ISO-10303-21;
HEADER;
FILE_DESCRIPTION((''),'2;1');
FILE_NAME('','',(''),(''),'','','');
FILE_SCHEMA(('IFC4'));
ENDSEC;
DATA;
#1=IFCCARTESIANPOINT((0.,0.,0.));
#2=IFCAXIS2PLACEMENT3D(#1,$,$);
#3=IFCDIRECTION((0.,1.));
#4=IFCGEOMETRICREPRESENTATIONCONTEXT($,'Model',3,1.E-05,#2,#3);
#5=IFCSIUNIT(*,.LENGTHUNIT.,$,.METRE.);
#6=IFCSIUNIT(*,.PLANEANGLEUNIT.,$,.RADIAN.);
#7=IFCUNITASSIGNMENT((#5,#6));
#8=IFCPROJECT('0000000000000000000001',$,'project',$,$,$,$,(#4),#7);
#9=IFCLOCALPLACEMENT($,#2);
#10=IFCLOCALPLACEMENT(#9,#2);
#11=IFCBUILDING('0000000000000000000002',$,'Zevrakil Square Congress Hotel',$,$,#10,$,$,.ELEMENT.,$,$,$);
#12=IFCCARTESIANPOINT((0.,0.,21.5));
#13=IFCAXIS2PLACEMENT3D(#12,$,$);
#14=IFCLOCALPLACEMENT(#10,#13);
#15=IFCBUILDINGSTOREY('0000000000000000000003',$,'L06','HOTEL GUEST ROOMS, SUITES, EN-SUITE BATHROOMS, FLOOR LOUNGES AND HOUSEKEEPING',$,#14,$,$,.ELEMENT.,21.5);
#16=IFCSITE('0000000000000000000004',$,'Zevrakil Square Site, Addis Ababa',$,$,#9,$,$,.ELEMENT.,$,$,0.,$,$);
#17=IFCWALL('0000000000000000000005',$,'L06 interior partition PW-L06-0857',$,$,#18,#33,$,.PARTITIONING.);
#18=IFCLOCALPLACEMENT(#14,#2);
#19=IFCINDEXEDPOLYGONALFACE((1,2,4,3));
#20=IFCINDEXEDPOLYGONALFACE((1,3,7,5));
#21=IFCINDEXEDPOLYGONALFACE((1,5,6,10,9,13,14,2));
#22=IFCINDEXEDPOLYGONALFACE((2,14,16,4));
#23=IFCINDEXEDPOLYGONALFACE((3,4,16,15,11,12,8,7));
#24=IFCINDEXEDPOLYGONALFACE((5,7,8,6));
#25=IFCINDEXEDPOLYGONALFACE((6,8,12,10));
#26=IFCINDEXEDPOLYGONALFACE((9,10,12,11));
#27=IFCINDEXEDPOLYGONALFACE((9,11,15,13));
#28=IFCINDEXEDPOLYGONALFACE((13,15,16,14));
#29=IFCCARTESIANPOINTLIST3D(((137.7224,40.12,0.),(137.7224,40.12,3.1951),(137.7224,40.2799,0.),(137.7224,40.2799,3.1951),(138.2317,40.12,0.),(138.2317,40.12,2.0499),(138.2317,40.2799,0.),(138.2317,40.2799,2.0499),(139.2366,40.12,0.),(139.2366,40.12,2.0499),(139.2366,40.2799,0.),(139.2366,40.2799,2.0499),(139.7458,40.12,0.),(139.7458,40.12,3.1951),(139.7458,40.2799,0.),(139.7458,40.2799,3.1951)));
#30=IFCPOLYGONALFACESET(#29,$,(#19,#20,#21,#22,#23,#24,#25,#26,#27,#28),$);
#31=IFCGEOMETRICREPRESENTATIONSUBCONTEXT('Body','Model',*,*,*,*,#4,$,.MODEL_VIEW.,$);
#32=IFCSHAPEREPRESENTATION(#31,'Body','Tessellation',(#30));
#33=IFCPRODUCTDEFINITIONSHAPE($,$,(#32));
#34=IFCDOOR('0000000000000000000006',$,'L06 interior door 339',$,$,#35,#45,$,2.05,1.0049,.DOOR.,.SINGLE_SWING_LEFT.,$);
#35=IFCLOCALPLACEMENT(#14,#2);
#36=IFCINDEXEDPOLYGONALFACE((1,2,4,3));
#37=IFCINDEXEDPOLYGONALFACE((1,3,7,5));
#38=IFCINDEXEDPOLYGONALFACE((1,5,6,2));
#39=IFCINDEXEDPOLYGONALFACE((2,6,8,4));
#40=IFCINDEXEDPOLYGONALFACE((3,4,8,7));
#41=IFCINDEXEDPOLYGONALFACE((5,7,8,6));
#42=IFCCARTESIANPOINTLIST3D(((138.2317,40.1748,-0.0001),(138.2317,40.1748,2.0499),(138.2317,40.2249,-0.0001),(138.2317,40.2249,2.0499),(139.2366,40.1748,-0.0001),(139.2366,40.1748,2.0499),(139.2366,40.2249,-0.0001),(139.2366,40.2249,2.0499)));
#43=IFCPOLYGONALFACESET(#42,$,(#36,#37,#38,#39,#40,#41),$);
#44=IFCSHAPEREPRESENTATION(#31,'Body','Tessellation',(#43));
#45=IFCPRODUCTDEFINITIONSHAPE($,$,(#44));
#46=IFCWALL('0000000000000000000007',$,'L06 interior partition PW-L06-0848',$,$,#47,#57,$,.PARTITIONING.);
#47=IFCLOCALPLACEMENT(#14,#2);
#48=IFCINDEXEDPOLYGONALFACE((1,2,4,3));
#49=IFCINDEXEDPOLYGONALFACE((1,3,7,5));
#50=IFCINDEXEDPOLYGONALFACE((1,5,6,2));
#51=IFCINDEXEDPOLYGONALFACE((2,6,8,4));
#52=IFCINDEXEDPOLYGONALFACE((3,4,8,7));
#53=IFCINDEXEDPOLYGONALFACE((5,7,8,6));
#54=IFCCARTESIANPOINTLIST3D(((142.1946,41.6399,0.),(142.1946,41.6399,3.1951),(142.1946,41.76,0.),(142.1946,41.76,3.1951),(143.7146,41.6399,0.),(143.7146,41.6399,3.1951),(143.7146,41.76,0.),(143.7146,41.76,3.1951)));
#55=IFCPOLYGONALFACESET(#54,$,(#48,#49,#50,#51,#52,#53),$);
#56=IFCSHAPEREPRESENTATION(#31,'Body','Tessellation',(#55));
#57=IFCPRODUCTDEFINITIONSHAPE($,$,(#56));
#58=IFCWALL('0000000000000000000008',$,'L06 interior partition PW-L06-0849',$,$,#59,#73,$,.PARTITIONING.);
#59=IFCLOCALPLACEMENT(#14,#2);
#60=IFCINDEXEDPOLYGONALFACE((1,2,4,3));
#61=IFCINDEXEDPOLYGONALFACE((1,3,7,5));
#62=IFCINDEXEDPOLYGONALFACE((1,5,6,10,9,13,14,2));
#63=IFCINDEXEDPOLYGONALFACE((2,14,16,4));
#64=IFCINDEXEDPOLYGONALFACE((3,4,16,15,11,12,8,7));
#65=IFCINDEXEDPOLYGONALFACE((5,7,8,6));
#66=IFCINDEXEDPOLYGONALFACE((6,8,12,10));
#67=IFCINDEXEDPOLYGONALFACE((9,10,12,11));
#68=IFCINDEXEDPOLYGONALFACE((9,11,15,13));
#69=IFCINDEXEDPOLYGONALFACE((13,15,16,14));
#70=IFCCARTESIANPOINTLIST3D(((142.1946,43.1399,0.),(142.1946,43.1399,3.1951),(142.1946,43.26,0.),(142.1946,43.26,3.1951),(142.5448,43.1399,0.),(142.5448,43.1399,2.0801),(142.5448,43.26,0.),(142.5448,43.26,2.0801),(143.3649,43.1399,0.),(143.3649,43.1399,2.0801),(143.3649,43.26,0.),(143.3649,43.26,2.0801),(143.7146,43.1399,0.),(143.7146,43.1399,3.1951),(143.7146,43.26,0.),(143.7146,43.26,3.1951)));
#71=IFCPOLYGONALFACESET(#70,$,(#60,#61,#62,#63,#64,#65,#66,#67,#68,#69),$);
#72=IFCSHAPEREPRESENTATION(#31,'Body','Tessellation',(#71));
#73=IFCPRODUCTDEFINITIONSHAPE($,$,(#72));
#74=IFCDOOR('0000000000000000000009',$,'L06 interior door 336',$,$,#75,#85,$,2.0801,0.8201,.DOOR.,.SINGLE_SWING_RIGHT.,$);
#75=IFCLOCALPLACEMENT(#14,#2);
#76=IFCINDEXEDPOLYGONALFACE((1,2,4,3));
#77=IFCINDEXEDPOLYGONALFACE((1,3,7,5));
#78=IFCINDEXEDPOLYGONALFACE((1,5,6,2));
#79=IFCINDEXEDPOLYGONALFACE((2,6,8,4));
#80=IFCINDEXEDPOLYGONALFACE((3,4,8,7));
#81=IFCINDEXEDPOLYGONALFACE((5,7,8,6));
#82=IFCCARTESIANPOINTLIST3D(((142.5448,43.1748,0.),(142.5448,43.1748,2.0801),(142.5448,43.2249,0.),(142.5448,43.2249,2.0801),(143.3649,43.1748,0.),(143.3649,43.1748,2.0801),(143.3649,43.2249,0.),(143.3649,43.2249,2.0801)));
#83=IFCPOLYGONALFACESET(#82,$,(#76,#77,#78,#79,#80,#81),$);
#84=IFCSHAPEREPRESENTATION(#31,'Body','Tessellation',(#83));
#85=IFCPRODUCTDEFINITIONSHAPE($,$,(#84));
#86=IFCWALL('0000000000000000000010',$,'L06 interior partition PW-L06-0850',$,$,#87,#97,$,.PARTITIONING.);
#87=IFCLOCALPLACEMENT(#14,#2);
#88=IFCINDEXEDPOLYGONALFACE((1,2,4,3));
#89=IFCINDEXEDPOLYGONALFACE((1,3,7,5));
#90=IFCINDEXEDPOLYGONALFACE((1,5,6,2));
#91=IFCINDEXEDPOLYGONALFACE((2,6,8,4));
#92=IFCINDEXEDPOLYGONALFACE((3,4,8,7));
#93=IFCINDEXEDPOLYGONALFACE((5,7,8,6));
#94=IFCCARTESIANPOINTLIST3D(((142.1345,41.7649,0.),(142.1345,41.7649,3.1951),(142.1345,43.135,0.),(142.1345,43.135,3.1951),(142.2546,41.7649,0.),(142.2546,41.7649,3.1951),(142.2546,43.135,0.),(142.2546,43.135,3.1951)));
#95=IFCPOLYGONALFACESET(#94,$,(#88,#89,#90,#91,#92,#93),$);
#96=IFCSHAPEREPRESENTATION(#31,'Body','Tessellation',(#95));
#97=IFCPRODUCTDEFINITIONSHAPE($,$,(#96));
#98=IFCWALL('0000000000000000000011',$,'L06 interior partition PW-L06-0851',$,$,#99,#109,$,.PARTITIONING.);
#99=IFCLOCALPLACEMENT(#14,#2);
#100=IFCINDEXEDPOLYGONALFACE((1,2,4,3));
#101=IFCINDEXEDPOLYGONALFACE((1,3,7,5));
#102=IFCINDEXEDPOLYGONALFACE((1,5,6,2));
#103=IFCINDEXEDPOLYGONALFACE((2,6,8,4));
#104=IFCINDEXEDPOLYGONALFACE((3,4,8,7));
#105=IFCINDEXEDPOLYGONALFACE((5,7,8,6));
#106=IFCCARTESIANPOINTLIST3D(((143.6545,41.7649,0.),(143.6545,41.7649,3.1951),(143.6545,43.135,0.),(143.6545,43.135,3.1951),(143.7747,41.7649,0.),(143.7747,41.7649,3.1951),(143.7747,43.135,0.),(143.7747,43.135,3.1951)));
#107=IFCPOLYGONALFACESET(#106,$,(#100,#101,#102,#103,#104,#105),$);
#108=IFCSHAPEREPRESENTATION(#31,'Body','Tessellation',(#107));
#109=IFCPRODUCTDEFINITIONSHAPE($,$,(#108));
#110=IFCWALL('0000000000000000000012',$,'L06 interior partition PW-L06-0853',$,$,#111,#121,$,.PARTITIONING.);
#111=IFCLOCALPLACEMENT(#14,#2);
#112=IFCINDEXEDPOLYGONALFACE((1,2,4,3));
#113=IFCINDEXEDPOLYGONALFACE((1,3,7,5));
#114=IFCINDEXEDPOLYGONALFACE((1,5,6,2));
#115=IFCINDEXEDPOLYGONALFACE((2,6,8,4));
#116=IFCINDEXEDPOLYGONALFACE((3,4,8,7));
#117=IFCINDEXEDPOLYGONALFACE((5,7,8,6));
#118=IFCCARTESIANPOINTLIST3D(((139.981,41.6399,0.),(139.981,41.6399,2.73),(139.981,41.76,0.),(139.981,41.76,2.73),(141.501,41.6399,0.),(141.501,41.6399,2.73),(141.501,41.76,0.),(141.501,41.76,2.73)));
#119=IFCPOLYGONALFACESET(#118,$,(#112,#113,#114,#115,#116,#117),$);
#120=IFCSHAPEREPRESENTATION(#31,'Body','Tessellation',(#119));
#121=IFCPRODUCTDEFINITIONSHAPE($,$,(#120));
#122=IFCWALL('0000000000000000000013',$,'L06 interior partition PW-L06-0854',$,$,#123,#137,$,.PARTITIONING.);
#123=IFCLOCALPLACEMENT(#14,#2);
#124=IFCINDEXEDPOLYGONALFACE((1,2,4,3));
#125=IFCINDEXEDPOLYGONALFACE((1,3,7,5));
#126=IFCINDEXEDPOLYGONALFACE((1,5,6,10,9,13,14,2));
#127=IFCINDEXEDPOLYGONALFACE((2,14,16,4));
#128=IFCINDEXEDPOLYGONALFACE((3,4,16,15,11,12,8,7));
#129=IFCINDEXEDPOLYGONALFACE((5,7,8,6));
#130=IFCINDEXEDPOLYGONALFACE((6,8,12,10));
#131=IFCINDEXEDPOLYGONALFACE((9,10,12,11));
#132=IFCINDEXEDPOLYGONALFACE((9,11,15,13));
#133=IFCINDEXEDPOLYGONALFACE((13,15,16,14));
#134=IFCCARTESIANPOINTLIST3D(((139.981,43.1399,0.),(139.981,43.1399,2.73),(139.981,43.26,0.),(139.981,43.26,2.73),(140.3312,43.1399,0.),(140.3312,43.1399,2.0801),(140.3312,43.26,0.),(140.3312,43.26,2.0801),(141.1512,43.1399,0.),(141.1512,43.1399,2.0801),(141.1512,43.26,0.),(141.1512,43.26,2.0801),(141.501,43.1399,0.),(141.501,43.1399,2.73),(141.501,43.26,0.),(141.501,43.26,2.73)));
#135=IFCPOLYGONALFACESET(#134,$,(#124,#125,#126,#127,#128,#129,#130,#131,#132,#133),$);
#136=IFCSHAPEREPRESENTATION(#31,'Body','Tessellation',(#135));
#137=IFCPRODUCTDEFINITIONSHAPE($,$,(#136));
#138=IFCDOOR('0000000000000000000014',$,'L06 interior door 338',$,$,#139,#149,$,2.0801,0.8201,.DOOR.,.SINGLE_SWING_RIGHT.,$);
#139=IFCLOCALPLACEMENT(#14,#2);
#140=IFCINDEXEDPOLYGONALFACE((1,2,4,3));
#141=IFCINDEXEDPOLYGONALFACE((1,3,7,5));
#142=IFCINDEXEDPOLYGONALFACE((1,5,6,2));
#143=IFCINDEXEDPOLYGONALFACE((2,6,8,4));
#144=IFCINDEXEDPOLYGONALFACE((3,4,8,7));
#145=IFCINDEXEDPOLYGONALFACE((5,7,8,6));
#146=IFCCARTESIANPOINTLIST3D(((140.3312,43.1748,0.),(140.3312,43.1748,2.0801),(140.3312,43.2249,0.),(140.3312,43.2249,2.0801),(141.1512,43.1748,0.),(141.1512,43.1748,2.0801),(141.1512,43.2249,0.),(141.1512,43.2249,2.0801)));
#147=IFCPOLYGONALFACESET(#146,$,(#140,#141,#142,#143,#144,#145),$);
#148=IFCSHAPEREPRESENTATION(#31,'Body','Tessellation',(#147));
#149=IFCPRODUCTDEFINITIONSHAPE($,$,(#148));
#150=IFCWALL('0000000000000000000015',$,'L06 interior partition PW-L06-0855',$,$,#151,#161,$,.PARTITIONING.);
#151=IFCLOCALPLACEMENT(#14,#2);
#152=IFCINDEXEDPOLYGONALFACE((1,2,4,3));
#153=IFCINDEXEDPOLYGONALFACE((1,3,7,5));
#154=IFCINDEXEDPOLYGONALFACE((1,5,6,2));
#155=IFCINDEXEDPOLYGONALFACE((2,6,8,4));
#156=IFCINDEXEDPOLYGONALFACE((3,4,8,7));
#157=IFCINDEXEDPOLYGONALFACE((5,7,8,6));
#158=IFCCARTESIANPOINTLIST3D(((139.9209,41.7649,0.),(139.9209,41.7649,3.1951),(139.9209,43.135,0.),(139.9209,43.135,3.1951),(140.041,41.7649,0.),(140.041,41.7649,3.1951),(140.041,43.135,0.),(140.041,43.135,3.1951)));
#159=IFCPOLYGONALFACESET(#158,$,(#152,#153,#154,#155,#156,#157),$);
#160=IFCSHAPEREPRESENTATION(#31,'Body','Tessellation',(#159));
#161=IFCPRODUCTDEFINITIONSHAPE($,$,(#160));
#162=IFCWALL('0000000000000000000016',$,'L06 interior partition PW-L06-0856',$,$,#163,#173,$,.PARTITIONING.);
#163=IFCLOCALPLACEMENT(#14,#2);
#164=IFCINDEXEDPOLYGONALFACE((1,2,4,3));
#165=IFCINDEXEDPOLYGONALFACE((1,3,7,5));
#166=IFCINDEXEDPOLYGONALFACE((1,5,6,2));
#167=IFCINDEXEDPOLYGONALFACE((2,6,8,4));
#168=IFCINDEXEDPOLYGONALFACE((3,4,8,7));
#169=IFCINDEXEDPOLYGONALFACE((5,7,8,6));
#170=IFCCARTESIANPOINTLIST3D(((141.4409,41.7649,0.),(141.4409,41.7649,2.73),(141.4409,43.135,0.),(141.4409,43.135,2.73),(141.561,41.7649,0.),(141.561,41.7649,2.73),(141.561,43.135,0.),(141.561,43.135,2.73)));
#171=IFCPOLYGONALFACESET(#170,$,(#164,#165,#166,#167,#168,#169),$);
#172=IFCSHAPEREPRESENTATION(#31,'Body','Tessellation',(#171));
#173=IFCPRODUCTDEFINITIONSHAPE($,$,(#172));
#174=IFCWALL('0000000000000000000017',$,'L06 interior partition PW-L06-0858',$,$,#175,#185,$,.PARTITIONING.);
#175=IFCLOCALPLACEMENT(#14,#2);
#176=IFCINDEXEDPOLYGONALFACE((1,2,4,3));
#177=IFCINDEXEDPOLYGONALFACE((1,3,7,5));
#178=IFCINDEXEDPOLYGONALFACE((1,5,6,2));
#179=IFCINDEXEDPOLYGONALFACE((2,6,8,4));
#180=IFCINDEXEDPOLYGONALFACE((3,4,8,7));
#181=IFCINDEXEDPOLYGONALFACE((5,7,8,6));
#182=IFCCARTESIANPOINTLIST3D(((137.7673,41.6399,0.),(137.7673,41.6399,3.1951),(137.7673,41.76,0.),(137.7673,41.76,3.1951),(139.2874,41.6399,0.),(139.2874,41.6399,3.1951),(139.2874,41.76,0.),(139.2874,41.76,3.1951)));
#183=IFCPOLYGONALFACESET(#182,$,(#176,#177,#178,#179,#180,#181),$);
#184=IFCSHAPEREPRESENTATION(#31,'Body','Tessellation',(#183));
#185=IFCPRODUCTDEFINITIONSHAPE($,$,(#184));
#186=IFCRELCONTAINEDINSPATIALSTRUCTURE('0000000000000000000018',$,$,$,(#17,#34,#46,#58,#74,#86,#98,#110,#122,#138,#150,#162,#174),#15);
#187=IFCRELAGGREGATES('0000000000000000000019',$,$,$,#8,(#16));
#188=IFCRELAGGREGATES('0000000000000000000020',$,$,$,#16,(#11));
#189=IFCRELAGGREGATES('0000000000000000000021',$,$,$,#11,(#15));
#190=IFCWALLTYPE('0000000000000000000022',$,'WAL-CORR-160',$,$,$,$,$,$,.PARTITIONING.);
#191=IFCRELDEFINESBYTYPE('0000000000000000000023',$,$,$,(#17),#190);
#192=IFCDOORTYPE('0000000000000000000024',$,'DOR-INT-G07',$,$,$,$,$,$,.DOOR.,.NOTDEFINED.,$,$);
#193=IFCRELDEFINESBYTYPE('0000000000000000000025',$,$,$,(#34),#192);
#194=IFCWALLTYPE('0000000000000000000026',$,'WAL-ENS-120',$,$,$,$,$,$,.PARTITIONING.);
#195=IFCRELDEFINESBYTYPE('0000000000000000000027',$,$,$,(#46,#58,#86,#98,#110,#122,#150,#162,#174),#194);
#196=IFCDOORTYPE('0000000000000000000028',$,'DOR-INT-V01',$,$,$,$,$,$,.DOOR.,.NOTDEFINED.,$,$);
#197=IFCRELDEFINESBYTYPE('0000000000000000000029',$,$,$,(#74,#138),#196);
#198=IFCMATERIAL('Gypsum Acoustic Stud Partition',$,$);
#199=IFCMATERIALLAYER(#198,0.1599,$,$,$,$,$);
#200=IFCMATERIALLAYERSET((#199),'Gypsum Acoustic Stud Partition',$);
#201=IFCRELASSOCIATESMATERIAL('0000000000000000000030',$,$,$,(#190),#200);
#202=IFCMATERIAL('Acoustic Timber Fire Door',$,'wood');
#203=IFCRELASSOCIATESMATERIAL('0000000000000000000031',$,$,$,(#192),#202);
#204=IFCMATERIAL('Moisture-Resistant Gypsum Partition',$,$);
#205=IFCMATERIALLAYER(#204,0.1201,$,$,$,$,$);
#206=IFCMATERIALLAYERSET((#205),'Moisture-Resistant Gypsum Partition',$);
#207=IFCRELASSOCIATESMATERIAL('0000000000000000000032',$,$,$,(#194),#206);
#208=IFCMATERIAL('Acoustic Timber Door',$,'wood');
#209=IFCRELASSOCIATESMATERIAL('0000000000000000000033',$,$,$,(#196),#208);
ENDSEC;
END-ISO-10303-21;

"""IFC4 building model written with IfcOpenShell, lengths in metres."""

from ifc_helpers import new_model, si_unit, direction, frame, frame_2d, origin, place, context, subcontext, project, spatial, rectangle, extrude, material, layer, layer_set, type_object, element, fill, save


model = new_model("IFC4")

# Units and contexts
model_context = context("Model", 3, precision=1e-05, world=origin(), true_north=direction((0.0, 1.0)))
body_context = subcontext(model_context, "Body", "Model", "MODEL_VIEW")
ifc_project = project(units=[si_unit("LENGTHUNIT", "METRE"), si_unit("PLANEANGLEUNIT", "RADIAN")], contexts=[model_context])

# Site, building, storey
site_placement = place(None, origin())
site = spatial("IfcSite", under=ifc_project, at=site_placement, Name="Zevrakil Square Site, Addis Ababa", CompositionType="ELEMENT", RefElevation=0.0)
building_placement = place(site_placement, origin())
building = spatial("IfcBuilding", under=site, at=building_placement, Name="Zevrakil Square Congress Hotel", CompositionType="ELEMENT")
storey_placement = place(building_placement, frame((0.0, 0.0, 21.5)))
storey = spatial("IfcBuildingStorey", under=building, at=storey_placement, Name="L06", Description="HOTEL GUEST ROOMS, SUITES, EN-SUITE BATHROOMS, FLOOR LOUNGES AND HOUSEKEEPING", CompositionType="ELEMENT", Elevation=21.5)

# Wall, opening, door
ifc_material_1 = material(Name="Gypsum Acoustic Stud Partition")
ifc_layer_1 = layer(ifc_material_1, 0.1599)
ifc_layer_set_1 = layer_set([ifc_layer_1], Name="Gypsum Acoustic Stud Partition")
wall_type_1 = type_object("IfcWallType", Name="WAL-CORR-160", PredefinedType="PARTITIONING", material=ifc_layer_set_1)
wall_1_placement = place(storey_placement, frame((137.7224, 40.2, 0.0), z_axis=(0.0, 0.0, 1.0), x_axis=(1.0, 0.0, 0.0)))
wall_1 = element("IfcWall", 1, at=wall_1_placement, inside=storey, type_object=wall_type_1, Name="L06 interior partition PW-L06-0857", PredefinedType="PARTITIONING", context=body_context, shape_type="SweptSolid", body=[
    extrude(rectangle(XDim=2.0234, YDim=0.1599, at=frame_2d((1.0117, 0.0))), origin(), (0.0, 0.0, 1.0), 3.1951),
])
opening_1_placement = place(wall_1_placement, frame((0.5093, 0.0, 0.0)))
opening_1 = element("IfcOpeningElement", 2, at=opening_1_placement, cuts=wall_1, PredefinedType="OPENING", context=body_context, shape_type="SweptSolid", body=[
    extrude(rectangle(XDim=1.0049, YDim=2.05, at=frame_2d((0.5024, 1.0249))), frame((0.0, 0.0898, 0.0), z_axis=(0.0, -1.0, 0.0), x_axis=(1.0, 0.0, 0.0)), (0.0, 0.0, 1.0), 0.1799),
])
ifc_material_2 = material(Name="Acoustic Timber Fire Door", Category="wood")
door_type_1 = type_object("IfcDoorType", Name="DOR-INT-G07", OperationType="NOTDEFINED", PredefinedType="DOOR", material=ifc_material_2)
door_1_placement = place(opening_1_placement, origin())
door_1 = element("IfcDoor", 3, at=door_1_placement, inside=storey, type_object=door_type_1, Name="L06 interior door 339", OperationType="SINGLE_SWING_LEFT", OverallHeight=2.05, OverallWidth=1.0049, PredefinedType="DOOR", context=body_context, shape_type="SweptSolid", body=[
    extrude(rectangle(XDim=1.0049, YDim=2.05, at=frame_2d((0.5024, 1.0249))), frame((0.0, 0.0249, 0.0), z_axis=(0.0, -1.0, 0.0), x_axis=(1.0, 0.0, 0.0)), (0.0, 0.0, 1.0), 0.05),
])
fill(opening_1, door_1)

# Wall
ifc_material_3 = material(Name="Moisture-Resistant Gypsum Partition")
ifc_layer_2 = layer(ifc_material_3, 0.1201)
ifc_layer_set_2 = layer_set([ifc_layer_2], Name="Moisture-Resistant Gypsum Partition")
wall_type_2 = type_object("IfcWallType", Name="WAL-ENS-120", PredefinedType="PARTITIONING", material=ifc_layer_set_2)
wall_2_placement = place(storey_placement, frame((142.1946, 41.7, 0.0), z_axis=(0.0, 0.0, 1.0), x_axis=(1.0, 0.0, 0.0)))
element("IfcWall", 4, at=wall_2_placement, inside=storey, type_object=wall_type_2, Name="L06 interior partition PW-L06-0848", PredefinedType="PARTITIONING", context=body_context, shape_type="SweptSolid", body=[
    extrude(rectangle(XDim=1.52, YDim=0.1201, at=frame_2d((0.76, 0.0))), origin(), (0.0, 0.0, 1.0), 3.1951),
])

# Wall, opening, door
wall_3_placement = place(storey_placement, frame((142.1946, 43.2, 0.0), z_axis=(0.0, 0.0, 1.0), x_axis=(1.0, 0.0, 0.0)))
wall_3 = element("IfcWall", 5, at=wall_3_placement, inside=storey, type_object=wall_type_2, Name="L06 interior partition PW-L06-0849", PredefinedType="PARTITIONING", context=body_context, shape_type="SweptSolid", body=[
    extrude(rectangle(XDim=1.52, YDim=0.1201, at=frame_2d((0.76, 0.0))), origin(), (0.0, 0.0, 1.0), 3.1951),
])
opening_2_placement = place(wall_3_placement, frame((0.3501, 0.0, 0.0)))
opening_2 = element("IfcOpeningElement", 6, at=opening_2_placement, cuts=wall_3, PredefinedType="OPENING", context=body_context, shape_type="SweptSolid", body=[
    extrude(rectangle(XDim=0.8201, YDim=2.0801, at=frame_2d((0.4102, 1.04))), frame((0.0, 0.0701, 0.0), z_axis=(0.0, -1.0, 0.0), x_axis=(1.0, 0.0, 0.0)), (0.0, 0.0, 1.0), 0.1401),
])
ifc_material_4 = material(Name="Acoustic Timber Door", Category="wood")
door_type_2 = type_object("IfcDoorType", Name="DOR-INT-V01", OperationType="NOTDEFINED", PredefinedType="DOOR", material=ifc_material_4)
door_2_placement = place(opening_2_placement, origin())
door_2 = element("IfcDoor", 7, at=door_2_placement, inside=storey, type_object=door_type_2, Name="L06 interior door 336", OperationType="SINGLE_SWING_RIGHT", OverallHeight=2.0801, OverallWidth=0.8201, PredefinedType="DOOR", context=body_context, shape_type="SweptSolid", body=[
    extrude(rectangle(XDim=0.8201, YDim=2.0801, at=frame_2d((0.4102, 1.04))), frame((0.0, 0.0249, 0.0), z_axis=(0.0, -1.0, 0.0), x_axis=(1.0, 0.0, 0.0)), (0.0, 0.0, 1.0), 0.05),
])
fill(opening_2, door_2)

# Walls
for number, where, z_axis, x_axis, name in (
    (8, (142.1946, 41.7649, 0.0), (0.0, 0.0, 1.0), (0.0, 1.0, 0.0), "L06 interior partition PW-L06-0850"),
    (9, (143.7146, 41.7649, 0.0), (0.0, 0.0, 1.0), (0.0, 1.0, 0.0), "L06 interior partition PW-L06-0851"),
):
    element("IfcWall", number, at=place(storey_placement, frame(where, z_axis=z_axis, x_axis=x_axis)), inside=storey, type_object=wall_type_2, Name=name, PredefinedType="PARTITIONING", context=body_context, shape_type="SweptSolid", body=[
        extrude(rectangle(XDim=1.3701, YDim=0.1201, at=frame_2d((0.6851, 0.0))), origin(), (0.0, 0.0, 1.0), 3.1951),
    ])
wall_4_placement = place(storey_placement, frame((139.981, 41.7, 0.0), z_axis=(0.0, 0.0, 1.0), x_axis=(1.0, 0.0, 0.0)))
element("IfcWall", 10, at=wall_4_placement, inside=storey, type_object=wall_type_2, Name="L06 interior partition PW-L06-0853", PredefinedType="PARTITIONING", context=body_context, shape_type="SweptSolid", body=[
    extrude(rectangle(XDim=1.52, YDim=0.1201, at=frame_2d((0.76, 0.0))), origin(), (0.0, 0.0, 1.0), 2.73),
])

# Wall, opening, door
wall_5_placement = place(storey_placement, frame((139.981, 43.2, 0.0), z_axis=(0.0, 0.0, 1.0), x_axis=(1.0, 0.0, 0.0)))
wall_5 = element("IfcWall", 11, at=wall_5_placement, inside=storey, type_object=wall_type_2, Name="L06 interior partition PW-L06-0854", PredefinedType="PARTITIONING", context=body_context, shape_type="SweptSolid", body=[
    extrude(rectangle(XDim=1.52, YDim=0.1201, at=frame_2d((0.76, 0.0))), origin(), (0.0, 0.0, 1.0), 2.73),
])
opening_3_placement = place(wall_5_placement, frame((0.3501, 0.0, 0.0)))
opening_3 = element("IfcOpeningElement", 12, at=opening_3_placement, cuts=wall_5, PredefinedType="OPENING", context=body_context, shape_type="SweptSolid", body=[
    extrude(rectangle(XDim=0.8201, YDim=2.0801, at=frame_2d((0.4102, 1.04))), frame((0.0, 0.0701, 0.0), z_axis=(0.0, -1.0, 0.0), x_axis=(1.0, 0.0, 0.0)), (0.0, 0.0, 1.0), 0.1401),
])
door_3_placement = place(opening_3_placement, origin())
door_3 = element("IfcDoor", 13, at=door_3_placement, inside=storey, type_object=door_type_2, Name="L06 interior door 338", OperationType="SINGLE_SWING_RIGHT", OverallHeight=2.0801, OverallWidth=0.8201, PredefinedType="DOOR", context=body_context, shape_type="SweptSolid", body=[
    extrude(rectangle(XDim=0.8201, YDim=2.0801, at=frame_2d((0.4102, 1.04))), frame((0.0, 0.0249, 0.0), z_axis=(0.0, -1.0, 0.0), x_axis=(1.0, 0.0, 0.0)), (0.0, 0.0, 1.0), 0.05),
])
fill(opening_3, door_3)

# Walls
wall_6_placement = place(storey_placement, frame((139.981, 41.7649, 0.0), z_axis=(0.0, 0.0, 1.0), x_axis=(0.0, 1.0, 0.0)))
element("IfcWall", 14, at=wall_6_placement, inside=storey, type_object=wall_type_2, Name="L06 interior partition PW-L06-0855", PredefinedType="PARTITIONING", context=body_context, shape_type="SweptSolid", body=[
    extrude(rectangle(XDim=1.3701, YDim=0.1201, at=frame_2d((0.6851, 0.0))), origin(), (0.0, 0.0, 1.0), 3.1951),
])
wall_7_placement = place(storey_placement, frame((141.501, 41.7649, 0.0), z_axis=(0.0, 0.0, 1.0), x_axis=(0.0, 1.0, 0.0)))
element("IfcWall", 15, at=wall_7_placement, inside=storey, type_object=wall_type_2, Name="L06 interior partition PW-L06-0856", PredefinedType="PARTITIONING", context=body_context, shape_type="SweptSolid", body=[
    extrude(rectangle(XDim=1.3701, YDim=0.1201, at=frame_2d((0.6851, 0.0))), origin(), (0.0, 0.0, 1.0), 2.73),
])
wall_8_placement = place(storey_placement, frame((137.7673, 41.7, 0.0), z_axis=(0.0, 0.0, 1.0), x_axis=(1.0, 0.0, 0.0)))
element("IfcWall", 16, at=wall_8_placement, inside=storey, type_object=wall_type_2, Name="L06 interior partition PW-L06-0858", PredefinedType="PARTITIONING", context=body_context, shape_type="SweptSolid", body=[
    extrude(rectangle(XDim=1.52, YDim=0.1201, at=frame_2d((0.76, 0.0))), origin(), (0.0, 0.0, 1.0), 3.1951),
])

save(model, "model.ifc")
